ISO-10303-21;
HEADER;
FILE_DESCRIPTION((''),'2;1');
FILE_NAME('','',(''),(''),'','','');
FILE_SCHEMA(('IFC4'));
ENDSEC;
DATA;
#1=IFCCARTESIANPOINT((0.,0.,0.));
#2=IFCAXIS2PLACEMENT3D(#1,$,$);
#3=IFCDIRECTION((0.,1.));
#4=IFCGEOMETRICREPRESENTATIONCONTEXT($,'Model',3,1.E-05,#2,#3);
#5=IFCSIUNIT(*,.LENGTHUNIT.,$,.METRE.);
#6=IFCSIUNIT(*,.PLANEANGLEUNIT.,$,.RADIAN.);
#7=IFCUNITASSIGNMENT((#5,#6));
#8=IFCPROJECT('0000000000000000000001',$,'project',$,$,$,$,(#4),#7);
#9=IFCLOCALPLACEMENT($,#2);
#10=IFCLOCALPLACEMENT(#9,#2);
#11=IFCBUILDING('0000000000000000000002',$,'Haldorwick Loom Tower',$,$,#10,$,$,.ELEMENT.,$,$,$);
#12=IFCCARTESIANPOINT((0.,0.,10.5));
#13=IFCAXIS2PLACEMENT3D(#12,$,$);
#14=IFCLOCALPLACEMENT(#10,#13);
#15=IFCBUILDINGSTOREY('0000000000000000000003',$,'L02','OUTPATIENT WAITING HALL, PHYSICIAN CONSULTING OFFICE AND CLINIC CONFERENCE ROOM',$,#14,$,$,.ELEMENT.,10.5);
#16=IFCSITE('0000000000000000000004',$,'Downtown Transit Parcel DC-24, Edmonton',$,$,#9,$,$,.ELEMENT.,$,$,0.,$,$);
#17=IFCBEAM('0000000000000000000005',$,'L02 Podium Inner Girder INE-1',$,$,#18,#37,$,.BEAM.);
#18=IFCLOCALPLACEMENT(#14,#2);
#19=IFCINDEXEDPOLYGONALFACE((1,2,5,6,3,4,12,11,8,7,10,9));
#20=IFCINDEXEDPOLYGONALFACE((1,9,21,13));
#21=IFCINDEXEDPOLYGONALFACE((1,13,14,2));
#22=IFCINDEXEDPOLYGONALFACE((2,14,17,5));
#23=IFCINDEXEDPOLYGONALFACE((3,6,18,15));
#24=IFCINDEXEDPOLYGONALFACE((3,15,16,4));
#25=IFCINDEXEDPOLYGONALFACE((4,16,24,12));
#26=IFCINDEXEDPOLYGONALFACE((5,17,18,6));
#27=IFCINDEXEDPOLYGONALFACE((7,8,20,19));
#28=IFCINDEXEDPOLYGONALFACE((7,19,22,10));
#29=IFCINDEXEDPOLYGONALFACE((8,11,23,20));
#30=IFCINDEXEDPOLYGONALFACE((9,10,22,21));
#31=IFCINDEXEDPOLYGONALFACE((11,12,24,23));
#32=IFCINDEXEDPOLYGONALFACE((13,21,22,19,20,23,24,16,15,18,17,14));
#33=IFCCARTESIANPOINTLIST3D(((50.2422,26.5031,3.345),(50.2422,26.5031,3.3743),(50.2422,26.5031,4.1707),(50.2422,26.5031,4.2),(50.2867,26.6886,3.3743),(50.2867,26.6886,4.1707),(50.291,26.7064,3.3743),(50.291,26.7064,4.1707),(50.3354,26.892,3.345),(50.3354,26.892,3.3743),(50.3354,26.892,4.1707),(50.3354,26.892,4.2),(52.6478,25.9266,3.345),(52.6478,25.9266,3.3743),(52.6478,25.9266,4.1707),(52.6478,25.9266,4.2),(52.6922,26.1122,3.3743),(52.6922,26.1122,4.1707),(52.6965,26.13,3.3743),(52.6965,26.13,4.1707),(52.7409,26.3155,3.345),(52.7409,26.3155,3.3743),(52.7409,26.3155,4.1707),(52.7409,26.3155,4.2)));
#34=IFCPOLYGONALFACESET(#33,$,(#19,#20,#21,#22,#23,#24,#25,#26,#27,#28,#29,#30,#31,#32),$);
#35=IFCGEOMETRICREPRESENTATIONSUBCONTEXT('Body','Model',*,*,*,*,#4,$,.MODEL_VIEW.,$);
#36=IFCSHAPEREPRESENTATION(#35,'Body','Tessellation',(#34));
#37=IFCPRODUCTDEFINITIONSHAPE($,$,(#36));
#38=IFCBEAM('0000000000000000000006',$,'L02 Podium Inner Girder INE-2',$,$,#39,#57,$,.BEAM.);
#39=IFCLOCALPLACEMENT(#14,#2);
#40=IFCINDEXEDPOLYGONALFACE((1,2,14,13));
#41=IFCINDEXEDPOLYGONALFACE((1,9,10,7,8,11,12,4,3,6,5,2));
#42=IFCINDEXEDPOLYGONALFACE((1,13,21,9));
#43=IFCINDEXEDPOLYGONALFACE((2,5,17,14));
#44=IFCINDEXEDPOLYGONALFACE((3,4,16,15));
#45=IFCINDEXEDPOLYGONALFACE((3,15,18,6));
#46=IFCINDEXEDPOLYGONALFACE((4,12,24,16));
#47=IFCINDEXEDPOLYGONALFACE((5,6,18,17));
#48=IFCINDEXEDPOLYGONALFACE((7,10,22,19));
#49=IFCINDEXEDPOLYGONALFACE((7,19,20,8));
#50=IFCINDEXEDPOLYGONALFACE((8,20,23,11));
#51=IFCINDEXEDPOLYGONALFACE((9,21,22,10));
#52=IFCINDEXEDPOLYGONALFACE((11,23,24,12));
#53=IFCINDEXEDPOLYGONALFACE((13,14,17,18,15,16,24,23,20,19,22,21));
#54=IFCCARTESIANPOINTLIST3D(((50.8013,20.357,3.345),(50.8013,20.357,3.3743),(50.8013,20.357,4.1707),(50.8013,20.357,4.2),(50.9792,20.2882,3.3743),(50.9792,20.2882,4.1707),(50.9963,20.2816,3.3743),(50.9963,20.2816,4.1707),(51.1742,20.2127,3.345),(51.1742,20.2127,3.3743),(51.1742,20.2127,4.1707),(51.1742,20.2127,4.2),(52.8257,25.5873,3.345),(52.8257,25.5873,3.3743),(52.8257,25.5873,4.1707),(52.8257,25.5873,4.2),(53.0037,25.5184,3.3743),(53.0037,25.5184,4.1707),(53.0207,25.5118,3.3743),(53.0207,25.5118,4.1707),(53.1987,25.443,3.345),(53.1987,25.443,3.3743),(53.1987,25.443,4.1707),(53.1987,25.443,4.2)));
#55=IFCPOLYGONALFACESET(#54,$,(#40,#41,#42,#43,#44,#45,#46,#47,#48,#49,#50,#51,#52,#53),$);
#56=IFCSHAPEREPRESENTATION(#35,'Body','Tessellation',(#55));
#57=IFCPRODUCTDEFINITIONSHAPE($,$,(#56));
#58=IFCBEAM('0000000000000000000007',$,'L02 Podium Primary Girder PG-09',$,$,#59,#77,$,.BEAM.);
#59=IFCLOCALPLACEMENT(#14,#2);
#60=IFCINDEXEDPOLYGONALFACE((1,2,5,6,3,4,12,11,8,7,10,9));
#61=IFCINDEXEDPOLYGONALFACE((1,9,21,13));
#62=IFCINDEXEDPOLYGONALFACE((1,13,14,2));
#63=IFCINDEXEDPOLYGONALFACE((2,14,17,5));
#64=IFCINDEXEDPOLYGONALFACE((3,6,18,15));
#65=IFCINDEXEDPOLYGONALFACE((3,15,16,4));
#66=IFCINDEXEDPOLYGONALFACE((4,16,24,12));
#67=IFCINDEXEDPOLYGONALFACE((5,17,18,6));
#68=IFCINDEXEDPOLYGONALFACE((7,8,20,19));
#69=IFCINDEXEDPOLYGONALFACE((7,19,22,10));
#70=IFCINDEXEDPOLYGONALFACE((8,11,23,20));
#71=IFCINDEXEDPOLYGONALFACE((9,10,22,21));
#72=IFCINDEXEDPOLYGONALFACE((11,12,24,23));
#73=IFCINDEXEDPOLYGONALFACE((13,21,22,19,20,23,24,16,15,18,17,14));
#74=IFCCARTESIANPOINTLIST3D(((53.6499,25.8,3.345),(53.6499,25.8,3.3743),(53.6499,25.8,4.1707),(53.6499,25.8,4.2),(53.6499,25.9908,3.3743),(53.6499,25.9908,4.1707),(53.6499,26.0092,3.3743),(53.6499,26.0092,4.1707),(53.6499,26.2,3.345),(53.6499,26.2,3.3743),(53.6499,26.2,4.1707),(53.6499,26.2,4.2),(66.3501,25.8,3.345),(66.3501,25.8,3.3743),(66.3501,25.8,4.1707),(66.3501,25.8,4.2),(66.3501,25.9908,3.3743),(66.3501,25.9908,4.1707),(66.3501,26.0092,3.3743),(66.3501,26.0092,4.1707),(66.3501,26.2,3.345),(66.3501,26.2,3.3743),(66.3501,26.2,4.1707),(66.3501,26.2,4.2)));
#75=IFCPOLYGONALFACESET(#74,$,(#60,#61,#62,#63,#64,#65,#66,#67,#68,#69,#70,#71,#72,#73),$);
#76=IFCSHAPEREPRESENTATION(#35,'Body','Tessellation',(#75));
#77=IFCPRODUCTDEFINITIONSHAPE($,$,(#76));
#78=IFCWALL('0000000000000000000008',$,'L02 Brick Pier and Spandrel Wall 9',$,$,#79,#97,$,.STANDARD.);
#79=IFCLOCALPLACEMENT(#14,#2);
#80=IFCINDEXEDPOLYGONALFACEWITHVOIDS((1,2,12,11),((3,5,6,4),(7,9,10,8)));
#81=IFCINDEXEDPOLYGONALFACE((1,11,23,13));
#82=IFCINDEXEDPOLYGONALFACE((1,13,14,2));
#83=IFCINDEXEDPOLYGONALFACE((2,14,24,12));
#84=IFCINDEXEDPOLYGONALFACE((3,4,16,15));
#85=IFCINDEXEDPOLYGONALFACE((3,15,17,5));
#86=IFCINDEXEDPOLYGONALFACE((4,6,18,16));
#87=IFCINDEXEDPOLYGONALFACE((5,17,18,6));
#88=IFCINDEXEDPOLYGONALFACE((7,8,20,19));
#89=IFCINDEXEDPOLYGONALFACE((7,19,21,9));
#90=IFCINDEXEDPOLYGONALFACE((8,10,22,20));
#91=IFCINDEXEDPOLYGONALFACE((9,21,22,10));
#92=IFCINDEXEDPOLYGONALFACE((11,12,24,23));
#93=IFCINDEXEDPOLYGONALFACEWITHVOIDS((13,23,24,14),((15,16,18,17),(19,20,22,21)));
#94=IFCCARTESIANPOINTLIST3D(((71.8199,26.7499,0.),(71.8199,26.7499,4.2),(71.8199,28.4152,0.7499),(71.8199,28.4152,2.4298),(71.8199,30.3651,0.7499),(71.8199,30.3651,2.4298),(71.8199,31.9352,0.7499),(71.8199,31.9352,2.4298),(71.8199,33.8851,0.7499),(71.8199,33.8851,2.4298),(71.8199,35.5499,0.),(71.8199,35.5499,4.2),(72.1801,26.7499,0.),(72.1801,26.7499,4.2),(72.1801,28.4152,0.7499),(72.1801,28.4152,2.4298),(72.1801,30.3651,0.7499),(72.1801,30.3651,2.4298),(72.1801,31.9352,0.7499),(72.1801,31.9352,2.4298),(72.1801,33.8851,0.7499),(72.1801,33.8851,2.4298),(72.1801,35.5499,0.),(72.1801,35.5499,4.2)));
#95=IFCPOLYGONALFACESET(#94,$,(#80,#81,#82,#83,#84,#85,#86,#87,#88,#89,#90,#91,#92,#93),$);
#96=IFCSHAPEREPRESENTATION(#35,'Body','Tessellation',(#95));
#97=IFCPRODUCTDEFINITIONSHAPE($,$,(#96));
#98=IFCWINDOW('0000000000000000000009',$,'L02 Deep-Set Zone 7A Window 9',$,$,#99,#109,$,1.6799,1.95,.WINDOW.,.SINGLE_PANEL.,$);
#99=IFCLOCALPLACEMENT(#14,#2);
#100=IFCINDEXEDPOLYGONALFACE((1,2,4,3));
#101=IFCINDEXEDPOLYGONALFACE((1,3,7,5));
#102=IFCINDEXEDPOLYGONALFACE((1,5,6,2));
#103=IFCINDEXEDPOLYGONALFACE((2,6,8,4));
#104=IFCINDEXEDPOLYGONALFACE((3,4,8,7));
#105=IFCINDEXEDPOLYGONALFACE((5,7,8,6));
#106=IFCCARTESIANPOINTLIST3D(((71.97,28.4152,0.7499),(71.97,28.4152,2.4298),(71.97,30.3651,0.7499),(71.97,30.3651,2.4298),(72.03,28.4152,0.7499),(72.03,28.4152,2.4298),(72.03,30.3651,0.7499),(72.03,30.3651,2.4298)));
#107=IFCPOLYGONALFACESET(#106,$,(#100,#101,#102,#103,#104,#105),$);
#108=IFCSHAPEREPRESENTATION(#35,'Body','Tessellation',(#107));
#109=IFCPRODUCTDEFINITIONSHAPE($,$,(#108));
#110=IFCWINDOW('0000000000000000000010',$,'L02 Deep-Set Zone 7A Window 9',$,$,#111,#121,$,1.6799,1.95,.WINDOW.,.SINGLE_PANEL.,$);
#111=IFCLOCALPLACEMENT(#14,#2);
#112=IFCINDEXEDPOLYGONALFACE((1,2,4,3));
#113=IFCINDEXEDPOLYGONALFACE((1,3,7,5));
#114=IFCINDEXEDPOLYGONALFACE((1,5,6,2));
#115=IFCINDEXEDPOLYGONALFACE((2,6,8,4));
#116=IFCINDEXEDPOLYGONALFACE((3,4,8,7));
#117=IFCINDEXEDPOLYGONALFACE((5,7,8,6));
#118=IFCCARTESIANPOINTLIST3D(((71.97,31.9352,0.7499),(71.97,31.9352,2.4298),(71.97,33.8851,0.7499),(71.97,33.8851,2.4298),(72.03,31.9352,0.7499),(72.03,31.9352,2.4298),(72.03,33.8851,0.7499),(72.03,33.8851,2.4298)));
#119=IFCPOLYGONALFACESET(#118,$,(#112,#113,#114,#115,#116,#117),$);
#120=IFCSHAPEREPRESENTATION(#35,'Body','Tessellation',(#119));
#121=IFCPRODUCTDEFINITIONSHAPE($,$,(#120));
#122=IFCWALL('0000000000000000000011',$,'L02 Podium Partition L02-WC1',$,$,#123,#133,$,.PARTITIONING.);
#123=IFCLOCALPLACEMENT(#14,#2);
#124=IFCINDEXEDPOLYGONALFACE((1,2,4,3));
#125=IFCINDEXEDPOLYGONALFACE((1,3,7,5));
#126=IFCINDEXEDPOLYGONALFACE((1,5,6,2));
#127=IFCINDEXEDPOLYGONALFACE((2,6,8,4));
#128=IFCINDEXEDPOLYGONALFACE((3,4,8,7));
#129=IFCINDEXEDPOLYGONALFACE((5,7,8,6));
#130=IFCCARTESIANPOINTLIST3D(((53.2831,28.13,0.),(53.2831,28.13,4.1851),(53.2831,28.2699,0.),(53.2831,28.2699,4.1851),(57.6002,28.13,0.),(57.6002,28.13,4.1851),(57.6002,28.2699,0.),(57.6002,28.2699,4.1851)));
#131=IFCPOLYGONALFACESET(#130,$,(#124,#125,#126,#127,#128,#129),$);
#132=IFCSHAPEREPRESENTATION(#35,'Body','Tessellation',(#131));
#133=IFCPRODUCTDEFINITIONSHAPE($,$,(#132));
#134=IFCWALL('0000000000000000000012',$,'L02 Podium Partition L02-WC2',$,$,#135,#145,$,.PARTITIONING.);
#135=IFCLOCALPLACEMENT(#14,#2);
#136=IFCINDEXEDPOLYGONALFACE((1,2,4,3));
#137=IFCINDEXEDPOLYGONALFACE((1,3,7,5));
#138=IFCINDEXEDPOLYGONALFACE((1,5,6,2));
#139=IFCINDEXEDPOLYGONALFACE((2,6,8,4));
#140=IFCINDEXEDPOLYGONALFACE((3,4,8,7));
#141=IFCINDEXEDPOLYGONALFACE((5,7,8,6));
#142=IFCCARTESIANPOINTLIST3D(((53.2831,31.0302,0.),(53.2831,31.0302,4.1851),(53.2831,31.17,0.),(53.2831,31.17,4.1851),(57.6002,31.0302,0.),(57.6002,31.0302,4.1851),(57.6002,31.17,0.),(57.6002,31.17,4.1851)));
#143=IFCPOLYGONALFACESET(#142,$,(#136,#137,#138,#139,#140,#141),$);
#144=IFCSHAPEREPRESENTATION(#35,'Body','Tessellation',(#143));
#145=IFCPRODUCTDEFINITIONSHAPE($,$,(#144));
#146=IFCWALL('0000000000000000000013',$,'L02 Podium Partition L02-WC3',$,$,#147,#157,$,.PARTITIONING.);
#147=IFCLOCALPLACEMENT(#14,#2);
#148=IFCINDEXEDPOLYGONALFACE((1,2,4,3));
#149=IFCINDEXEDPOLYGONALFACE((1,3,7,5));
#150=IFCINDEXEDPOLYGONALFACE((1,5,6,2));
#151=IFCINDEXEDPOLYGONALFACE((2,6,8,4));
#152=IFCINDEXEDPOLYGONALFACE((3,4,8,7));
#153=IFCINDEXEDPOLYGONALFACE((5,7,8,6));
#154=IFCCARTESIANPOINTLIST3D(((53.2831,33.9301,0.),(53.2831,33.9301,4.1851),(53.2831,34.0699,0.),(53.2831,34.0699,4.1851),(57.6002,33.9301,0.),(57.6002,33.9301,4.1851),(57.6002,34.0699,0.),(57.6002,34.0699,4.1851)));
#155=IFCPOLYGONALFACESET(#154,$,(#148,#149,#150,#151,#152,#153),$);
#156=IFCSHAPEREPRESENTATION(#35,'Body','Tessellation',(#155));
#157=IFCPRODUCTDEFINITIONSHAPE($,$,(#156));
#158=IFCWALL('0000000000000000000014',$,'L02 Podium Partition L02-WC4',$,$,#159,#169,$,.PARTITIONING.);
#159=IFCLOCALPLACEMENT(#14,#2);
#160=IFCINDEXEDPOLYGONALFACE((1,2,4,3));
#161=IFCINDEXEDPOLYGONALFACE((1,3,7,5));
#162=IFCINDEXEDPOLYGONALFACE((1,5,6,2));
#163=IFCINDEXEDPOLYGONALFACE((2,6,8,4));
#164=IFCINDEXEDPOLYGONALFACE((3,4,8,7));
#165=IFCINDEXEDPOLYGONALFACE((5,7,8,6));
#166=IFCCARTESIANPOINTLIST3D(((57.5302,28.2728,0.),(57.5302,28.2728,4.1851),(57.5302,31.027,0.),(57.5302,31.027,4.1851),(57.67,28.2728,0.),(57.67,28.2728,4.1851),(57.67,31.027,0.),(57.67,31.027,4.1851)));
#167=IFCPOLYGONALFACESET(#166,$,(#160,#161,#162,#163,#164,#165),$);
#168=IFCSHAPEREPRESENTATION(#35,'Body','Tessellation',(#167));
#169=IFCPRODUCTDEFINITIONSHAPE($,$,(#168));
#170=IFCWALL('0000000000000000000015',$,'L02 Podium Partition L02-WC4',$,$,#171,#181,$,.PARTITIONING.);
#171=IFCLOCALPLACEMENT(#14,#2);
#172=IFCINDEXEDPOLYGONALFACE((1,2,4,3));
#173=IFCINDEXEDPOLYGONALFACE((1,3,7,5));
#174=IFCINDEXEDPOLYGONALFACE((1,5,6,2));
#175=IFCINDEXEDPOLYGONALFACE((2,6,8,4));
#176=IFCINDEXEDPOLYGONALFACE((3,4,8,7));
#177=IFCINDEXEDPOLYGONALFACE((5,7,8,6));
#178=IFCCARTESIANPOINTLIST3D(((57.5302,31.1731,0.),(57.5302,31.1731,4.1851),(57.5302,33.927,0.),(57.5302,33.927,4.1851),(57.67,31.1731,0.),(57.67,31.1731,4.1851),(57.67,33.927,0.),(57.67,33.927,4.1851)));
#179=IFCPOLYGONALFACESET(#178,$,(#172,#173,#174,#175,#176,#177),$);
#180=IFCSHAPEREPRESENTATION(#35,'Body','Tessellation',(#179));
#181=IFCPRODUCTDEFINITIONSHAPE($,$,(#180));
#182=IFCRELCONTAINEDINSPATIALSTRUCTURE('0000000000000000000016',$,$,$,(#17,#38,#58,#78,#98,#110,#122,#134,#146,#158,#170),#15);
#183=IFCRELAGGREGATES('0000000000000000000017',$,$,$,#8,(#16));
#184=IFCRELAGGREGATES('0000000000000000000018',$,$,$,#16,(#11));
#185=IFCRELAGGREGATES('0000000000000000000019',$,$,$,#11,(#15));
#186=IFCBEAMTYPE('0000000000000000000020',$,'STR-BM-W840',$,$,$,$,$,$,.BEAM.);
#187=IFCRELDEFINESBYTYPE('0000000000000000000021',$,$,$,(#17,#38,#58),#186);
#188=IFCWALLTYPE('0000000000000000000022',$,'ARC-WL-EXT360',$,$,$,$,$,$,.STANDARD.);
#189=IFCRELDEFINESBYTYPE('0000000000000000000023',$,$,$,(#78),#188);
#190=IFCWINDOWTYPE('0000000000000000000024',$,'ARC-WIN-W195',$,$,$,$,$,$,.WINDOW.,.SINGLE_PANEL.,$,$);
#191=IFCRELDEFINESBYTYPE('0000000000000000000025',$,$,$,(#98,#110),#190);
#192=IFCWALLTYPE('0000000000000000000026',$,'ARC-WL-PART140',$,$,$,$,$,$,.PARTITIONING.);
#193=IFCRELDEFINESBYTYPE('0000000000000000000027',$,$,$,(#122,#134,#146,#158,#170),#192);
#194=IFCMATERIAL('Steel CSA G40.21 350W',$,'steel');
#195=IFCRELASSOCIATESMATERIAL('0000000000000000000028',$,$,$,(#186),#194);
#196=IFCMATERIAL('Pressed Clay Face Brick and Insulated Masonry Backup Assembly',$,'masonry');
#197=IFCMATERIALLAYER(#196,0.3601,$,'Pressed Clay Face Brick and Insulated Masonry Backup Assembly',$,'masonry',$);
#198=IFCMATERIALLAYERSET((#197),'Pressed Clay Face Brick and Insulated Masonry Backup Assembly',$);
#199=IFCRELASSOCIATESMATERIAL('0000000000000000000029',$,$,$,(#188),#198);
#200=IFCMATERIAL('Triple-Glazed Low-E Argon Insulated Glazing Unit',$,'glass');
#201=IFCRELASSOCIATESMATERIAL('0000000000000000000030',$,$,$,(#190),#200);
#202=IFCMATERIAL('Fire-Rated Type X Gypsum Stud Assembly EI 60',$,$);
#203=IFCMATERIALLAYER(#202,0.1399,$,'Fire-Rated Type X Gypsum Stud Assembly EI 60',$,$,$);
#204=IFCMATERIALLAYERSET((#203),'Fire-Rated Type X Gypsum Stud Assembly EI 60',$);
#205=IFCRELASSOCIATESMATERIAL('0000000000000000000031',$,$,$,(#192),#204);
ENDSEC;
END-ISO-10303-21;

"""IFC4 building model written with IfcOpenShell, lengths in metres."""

from ifc_helpers import new_model, si_unit, direction, frame, frame_2d, origin, origin_2d, place, context, subcontext, project, spatial, rectangle, i_section, extrude, material, layer, layer_set, material_profile, profile_set, type_object, element, fill, save


model = new_model("IFC4")

# Units and contexts
model_context = context("Model", 3, precision=1e-05, world=origin(), true_north=direction((0.0, 1.0)))
body_context = subcontext(model_context, "Body", "Model", "MODEL_VIEW")
ifc_project = project(units=[si_unit("LENGTHUNIT", "METRE"), si_unit("PLANEANGLEUNIT", "RADIAN")], contexts=[model_context])

# Site, building, storey
site_placement = place(None, origin())
site = spatial("IfcSite", under=ifc_project, at=site_placement, Name="Downtown Transit Parcel DC-24, Edmonton", CompositionType="ELEMENT", RefElevation=0.0)
building_placement = place(site_placement, origin())
building = spatial("IfcBuilding", under=site, at=building_placement, Name="Haldorwick Loom Tower", CompositionType="ELEMENT")
storey_placement = place(building_placement, frame((0.0, 0.0, 10.5)))
storey = spatial("IfcBuildingStorey", under=building, at=storey_placement, Name="L02", Description="OUTPATIENT WAITING HALL, PHYSICIAN CONSULTING OFFICE AND CLINIC CONFERENCE ROOM", CompositionType="ELEMENT", Elevation=10.5)

# Beams
ifc_material_1 = material(Name="Steel CSA G40.21 350W", Category="steel")
ifc_material_profile_1 = material_profile(ifc_material_1, i_section(OverallWidth=0.3999, OverallDepth=0.855, WebThickness=0.0183, FlangeThickness=0.0293, at=origin_2d()), Name="W840X299", Category="steel")
ifc_profile_set_1 = profile_set([ifc_material_profile_1], Name="Steel CSA G40.21 350W")
beam_type_1 = type_object("IfcBeamType", Name="STR-BM-W840", PredefinedType="BEAM", material=ifc_profile_set_1)
beam_1_placement = place(storey_placement, frame((50.2888, 26.6975, 3.7725), z_axis=(0.972471, -0.233026, 0.0), x_axis=(0.233026, 0.972471, 0.0)))
element("IfcBeam", 1, at=beam_1_placement, inside=storey, type_object=beam_type_1, Name="L02 Podium Inner Girder INE-1", PredefinedType="BEAM", context=body_context, shape_type="SweptSolid", body=[
    extrude(i_section(OverallWidth=0.3999, OverallDepth=0.855, WebThickness=0.0183, FlangeThickness=0.0293, at=origin_2d()), origin(), (0.0, 0.0, 1.0), 2.4736),
])
beam_2_placement = place(storey_placement, frame((53.0122, 25.5151, 3.7725), z_axis=(-0.360965, -0.932579, 0.0), x_axis=(0.932579, -0.360965, 0.0)))
element("IfcBeam", 2, at=beam_2_placement, inside=storey, type_object=beam_type_1, Name="L02 Podium Inner Girder INE-2", PredefinedType="BEAM", context=body_context, shape_type="SweptSolid", body=[
    extrude(i_section(OverallWidth=0.3999, OverallDepth=0.855, WebThickness=0.0183, FlangeThickness=0.0293, at=origin_2d()), origin(), (0.0, 0.0, 1.0), 5.6084),
])
beam_3_placement = place(storey_placement, frame((53.6499, 26.0, 3.7725), z_axis=(1.0, 0.0, 0.0), x_axis=(0.0, 1.0, 0.0)))
element("IfcBeam", 3, at=beam_3_placement, inside=storey, type_object=beam_type_1, Name="L02 Podium Primary Girder PG-09", PredefinedType="BEAM", context=body_context, shape_type="SweptSolid", body=[
    extrude(i_section(OverallWidth=0.3999, OverallDepth=0.855, WebThickness=0.0183, FlangeThickness=0.0293, at=origin_2d()), origin(), (0.0, 0.0, 1.0), 12.7002),
])

# Wall, openings, windows
ifc_material_2 = material(Name="Pressed Clay Face Brick and Insulated Masonry Backup Assembly", Category="masonry")
ifc_layer_1 = layer(ifc_material_2, 0.3601, Name="Pressed Clay Face Brick and Insulated Masonry Backup Assembly", Category="masonry")
ifc_layer_set_1 = layer_set([ifc_layer_1], Name="Pressed Clay Face Brick and Insulated Masonry Backup Assembly")
wall_type_1 = type_object("IfcWallType", Name="ARC-WL-EXT360", PredefinedType="STANDARD", material=ifc_layer_set_1)
wall_1_placement = place(storey_placement, frame((72.0, 26.75, 0.0), z_axis=(0.0, 0.0, 1.0), x_axis=(0.0, 1.0, 0.0)))
wall_1 = element("IfcWall", 4, at=wall_1_placement, inside=storey, type_object=wall_type_1, Name="L02 Brick Pier and Spandrel Wall 9", PredefinedType="STANDARD", context=body_context, shape_type="SweptSolid", body=[
    extrude(rectangle(XDim=8.8, YDim=0.3601, at=frame_2d((4.3999, 0.0))), origin(), (0.0, 0.0, 1.0), 4.2),
])
opening_1_placement = place(wall_1_placement, frame((1.665, 0.0, 0.75)))
opening_1 = element("IfcOpeningElement", 5, at=opening_1_placement, cuts=wall_1, PredefinedType="OPENING", context=body_context, shape_type="SweptSolid", body=[
    extrude(rectangle(XDim=1.95, YDim=1.6799, at=frame_2d((0.9751, 0.8398))), frame((0.0, 0.1899, 0.0), z_axis=(0.0, -1.0, 0.0), x_axis=(1.0, 0.0, 0.0)), (0.0, 0.0, 1.0), 0.3801),
])
opening_2_placement = place(wall_1_placement, frame((5.1851, 0.0, 0.75)))
opening_2 = element("IfcOpeningElement", 6, at=opening_2_placement, cuts=wall_1, PredefinedType="OPENING", context=body_context, shape_type="SweptSolid", body=[
    extrude(rectangle(XDim=1.95, YDim=1.6799, at=frame_2d((0.9751, 0.8398))), frame((0.0, 0.1899, 0.0), z_axis=(0.0, -1.0, 0.0), x_axis=(1.0, 0.0, 0.0)), (0.0, 0.0, 1.0), 0.3801),
])
ifc_material_3 = material(Name="Triple-Glazed Low-E Argon Insulated Glazing Unit", Category="glass")
window_type = type_object("IfcWindowType", Name="ARC-WIN-W195", PartitioningType="SINGLE_PANEL", PredefinedType="WINDOW", material=ifc_material_3)
window_1_placement = place(opening_1_placement, origin())
window_1 = element("IfcWindow", 7, at=window_1_placement, inside=storey, type_object=window_type, Name="L02 Deep-Set Zone 7A Window 9", OverallHeight=1.6799, OverallWidth=1.95, PartitioningType="SINGLE_PANEL", PredefinedType="WINDOW", context=body_context, shape_type="SweptSolid", body=[
    extrude(rectangle(XDim=1.95, YDim=1.6799, at=frame_2d((0.9751, 0.8398))), frame((0.0, 0.03, 0.0), z_axis=(0.0, -1.0, 0.0), x_axis=(1.0, 0.0, 0.0)), (0.0, 0.0, 1.0), 0.0601),
])
fill(opening_1, window_1)
window_2_placement = place(opening_2_placement, origin())
window_2 = element("IfcWindow", 8, at=window_2_placement, inside=storey, type_object=window_type, Name="L02 Deep-Set Zone 7A Window 9", OverallHeight=1.6799, OverallWidth=1.95, PartitioningType="SINGLE_PANEL", PredefinedType="WINDOW", context=body_context, shape_type="SweptSolid", body=[
    extrude(rectangle(XDim=1.95, YDim=1.6799, at=frame_2d((0.9751, 0.8398))), frame((0.0, 0.03, 0.0), z_axis=(0.0, -1.0, 0.0), x_axis=(1.0, 0.0, 0.0)), (0.0, 0.0, 1.0), 0.0601),
])
fill(opening_2, window_2)

# Walls
ifc_material_4 = material(Name="Fire-Rated Type X Gypsum Stud Assembly EI 60")
ifc_layer_2 = layer(ifc_material_4, 0.1399, Name="Fire-Rated Type X Gypsum Stud Assembly EI 60")
ifc_layer_set_2 = layer_set([ifc_layer_2], Name="Fire-Rated Type X Gypsum Stud Assembly EI 60")
wall_type_2 = type_object("IfcWallType", Name="ARC-WL-PART140", PredefinedType="PARTITIONING", material=ifc_layer_set_2)
for number, where, z_axis, x_axis, name in (
    (9, (53.283, 28.2, 0.0), (0.0, 0.0, 1.0), (1.0, 0.0, 0.0), "L02 Podium Partition L02-WC1"),
    (10, (53.283, 31.1001, 0.0), (0.0, 0.0, 1.0), (1.0, 0.0, 0.0), "L02 Podium Partition L02-WC2"),
    (11, (53.283, 34.0, 0.0), (0.0, 0.0, 1.0), (1.0, 0.0, 0.0), "L02 Podium Partition L02-WC3"),
):
    element("IfcWall", number, at=place(storey_placement, frame(where, z_axis=z_axis, x_axis=x_axis)), inside=storey, type_object=wall_type_2, Name=name, PredefinedType="PARTITIONING", context=body_context, shape_type="SweptSolid", body=[
        extrude(rectangle(XDim=4.3171, YDim=0.1399, at=frame_2d((2.1587, 0.0))), origin(), (0.0, 0.0, 1.0), 4.1851),
    ])
wall_2_placement = place(storey_placement, frame((57.6001, 28.2729, 0.0), z_axis=(0.0, 0.0, 1.0), x_axis=(0.0, 1.0, 0.0)))
element("IfcWall", 12, at=wall_2_placement, inside=storey, type_object=wall_type_2, Name="L02 Podium Partition L02-WC4", PredefinedType="PARTITIONING", context=body_context, shape_type="SweptSolid", body=[
    extrude(rectangle(XDim=2.7542, YDim=0.1399, at=frame_2d((1.377, 0.0))), origin(), (0.0, 0.0, 1.0), 4.1851),
])
wall_3_placement = place(storey_placement, frame((57.6001, 31.1731, 0.0), z_axis=(0.0, 0.0, 1.0), x_axis=(0.0, 1.0, 0.0)))
element("IfcWall", 13, at=wall_3_placement, inside=storey, type_object=wall_type_2, Name="L02 Podium Partition L02-WC4", PredefinedType="PARTITIONING", context=body_context, shape_type="SweptSolid", body=[
    extrude(rectangle(XDim=2.7539, YDim=0.1399, at=frame_2d((1.377, 0.0))), origin(), (0.0, 0.0, 1.0), 4.1851),
])

save(model, "model.ifc")
